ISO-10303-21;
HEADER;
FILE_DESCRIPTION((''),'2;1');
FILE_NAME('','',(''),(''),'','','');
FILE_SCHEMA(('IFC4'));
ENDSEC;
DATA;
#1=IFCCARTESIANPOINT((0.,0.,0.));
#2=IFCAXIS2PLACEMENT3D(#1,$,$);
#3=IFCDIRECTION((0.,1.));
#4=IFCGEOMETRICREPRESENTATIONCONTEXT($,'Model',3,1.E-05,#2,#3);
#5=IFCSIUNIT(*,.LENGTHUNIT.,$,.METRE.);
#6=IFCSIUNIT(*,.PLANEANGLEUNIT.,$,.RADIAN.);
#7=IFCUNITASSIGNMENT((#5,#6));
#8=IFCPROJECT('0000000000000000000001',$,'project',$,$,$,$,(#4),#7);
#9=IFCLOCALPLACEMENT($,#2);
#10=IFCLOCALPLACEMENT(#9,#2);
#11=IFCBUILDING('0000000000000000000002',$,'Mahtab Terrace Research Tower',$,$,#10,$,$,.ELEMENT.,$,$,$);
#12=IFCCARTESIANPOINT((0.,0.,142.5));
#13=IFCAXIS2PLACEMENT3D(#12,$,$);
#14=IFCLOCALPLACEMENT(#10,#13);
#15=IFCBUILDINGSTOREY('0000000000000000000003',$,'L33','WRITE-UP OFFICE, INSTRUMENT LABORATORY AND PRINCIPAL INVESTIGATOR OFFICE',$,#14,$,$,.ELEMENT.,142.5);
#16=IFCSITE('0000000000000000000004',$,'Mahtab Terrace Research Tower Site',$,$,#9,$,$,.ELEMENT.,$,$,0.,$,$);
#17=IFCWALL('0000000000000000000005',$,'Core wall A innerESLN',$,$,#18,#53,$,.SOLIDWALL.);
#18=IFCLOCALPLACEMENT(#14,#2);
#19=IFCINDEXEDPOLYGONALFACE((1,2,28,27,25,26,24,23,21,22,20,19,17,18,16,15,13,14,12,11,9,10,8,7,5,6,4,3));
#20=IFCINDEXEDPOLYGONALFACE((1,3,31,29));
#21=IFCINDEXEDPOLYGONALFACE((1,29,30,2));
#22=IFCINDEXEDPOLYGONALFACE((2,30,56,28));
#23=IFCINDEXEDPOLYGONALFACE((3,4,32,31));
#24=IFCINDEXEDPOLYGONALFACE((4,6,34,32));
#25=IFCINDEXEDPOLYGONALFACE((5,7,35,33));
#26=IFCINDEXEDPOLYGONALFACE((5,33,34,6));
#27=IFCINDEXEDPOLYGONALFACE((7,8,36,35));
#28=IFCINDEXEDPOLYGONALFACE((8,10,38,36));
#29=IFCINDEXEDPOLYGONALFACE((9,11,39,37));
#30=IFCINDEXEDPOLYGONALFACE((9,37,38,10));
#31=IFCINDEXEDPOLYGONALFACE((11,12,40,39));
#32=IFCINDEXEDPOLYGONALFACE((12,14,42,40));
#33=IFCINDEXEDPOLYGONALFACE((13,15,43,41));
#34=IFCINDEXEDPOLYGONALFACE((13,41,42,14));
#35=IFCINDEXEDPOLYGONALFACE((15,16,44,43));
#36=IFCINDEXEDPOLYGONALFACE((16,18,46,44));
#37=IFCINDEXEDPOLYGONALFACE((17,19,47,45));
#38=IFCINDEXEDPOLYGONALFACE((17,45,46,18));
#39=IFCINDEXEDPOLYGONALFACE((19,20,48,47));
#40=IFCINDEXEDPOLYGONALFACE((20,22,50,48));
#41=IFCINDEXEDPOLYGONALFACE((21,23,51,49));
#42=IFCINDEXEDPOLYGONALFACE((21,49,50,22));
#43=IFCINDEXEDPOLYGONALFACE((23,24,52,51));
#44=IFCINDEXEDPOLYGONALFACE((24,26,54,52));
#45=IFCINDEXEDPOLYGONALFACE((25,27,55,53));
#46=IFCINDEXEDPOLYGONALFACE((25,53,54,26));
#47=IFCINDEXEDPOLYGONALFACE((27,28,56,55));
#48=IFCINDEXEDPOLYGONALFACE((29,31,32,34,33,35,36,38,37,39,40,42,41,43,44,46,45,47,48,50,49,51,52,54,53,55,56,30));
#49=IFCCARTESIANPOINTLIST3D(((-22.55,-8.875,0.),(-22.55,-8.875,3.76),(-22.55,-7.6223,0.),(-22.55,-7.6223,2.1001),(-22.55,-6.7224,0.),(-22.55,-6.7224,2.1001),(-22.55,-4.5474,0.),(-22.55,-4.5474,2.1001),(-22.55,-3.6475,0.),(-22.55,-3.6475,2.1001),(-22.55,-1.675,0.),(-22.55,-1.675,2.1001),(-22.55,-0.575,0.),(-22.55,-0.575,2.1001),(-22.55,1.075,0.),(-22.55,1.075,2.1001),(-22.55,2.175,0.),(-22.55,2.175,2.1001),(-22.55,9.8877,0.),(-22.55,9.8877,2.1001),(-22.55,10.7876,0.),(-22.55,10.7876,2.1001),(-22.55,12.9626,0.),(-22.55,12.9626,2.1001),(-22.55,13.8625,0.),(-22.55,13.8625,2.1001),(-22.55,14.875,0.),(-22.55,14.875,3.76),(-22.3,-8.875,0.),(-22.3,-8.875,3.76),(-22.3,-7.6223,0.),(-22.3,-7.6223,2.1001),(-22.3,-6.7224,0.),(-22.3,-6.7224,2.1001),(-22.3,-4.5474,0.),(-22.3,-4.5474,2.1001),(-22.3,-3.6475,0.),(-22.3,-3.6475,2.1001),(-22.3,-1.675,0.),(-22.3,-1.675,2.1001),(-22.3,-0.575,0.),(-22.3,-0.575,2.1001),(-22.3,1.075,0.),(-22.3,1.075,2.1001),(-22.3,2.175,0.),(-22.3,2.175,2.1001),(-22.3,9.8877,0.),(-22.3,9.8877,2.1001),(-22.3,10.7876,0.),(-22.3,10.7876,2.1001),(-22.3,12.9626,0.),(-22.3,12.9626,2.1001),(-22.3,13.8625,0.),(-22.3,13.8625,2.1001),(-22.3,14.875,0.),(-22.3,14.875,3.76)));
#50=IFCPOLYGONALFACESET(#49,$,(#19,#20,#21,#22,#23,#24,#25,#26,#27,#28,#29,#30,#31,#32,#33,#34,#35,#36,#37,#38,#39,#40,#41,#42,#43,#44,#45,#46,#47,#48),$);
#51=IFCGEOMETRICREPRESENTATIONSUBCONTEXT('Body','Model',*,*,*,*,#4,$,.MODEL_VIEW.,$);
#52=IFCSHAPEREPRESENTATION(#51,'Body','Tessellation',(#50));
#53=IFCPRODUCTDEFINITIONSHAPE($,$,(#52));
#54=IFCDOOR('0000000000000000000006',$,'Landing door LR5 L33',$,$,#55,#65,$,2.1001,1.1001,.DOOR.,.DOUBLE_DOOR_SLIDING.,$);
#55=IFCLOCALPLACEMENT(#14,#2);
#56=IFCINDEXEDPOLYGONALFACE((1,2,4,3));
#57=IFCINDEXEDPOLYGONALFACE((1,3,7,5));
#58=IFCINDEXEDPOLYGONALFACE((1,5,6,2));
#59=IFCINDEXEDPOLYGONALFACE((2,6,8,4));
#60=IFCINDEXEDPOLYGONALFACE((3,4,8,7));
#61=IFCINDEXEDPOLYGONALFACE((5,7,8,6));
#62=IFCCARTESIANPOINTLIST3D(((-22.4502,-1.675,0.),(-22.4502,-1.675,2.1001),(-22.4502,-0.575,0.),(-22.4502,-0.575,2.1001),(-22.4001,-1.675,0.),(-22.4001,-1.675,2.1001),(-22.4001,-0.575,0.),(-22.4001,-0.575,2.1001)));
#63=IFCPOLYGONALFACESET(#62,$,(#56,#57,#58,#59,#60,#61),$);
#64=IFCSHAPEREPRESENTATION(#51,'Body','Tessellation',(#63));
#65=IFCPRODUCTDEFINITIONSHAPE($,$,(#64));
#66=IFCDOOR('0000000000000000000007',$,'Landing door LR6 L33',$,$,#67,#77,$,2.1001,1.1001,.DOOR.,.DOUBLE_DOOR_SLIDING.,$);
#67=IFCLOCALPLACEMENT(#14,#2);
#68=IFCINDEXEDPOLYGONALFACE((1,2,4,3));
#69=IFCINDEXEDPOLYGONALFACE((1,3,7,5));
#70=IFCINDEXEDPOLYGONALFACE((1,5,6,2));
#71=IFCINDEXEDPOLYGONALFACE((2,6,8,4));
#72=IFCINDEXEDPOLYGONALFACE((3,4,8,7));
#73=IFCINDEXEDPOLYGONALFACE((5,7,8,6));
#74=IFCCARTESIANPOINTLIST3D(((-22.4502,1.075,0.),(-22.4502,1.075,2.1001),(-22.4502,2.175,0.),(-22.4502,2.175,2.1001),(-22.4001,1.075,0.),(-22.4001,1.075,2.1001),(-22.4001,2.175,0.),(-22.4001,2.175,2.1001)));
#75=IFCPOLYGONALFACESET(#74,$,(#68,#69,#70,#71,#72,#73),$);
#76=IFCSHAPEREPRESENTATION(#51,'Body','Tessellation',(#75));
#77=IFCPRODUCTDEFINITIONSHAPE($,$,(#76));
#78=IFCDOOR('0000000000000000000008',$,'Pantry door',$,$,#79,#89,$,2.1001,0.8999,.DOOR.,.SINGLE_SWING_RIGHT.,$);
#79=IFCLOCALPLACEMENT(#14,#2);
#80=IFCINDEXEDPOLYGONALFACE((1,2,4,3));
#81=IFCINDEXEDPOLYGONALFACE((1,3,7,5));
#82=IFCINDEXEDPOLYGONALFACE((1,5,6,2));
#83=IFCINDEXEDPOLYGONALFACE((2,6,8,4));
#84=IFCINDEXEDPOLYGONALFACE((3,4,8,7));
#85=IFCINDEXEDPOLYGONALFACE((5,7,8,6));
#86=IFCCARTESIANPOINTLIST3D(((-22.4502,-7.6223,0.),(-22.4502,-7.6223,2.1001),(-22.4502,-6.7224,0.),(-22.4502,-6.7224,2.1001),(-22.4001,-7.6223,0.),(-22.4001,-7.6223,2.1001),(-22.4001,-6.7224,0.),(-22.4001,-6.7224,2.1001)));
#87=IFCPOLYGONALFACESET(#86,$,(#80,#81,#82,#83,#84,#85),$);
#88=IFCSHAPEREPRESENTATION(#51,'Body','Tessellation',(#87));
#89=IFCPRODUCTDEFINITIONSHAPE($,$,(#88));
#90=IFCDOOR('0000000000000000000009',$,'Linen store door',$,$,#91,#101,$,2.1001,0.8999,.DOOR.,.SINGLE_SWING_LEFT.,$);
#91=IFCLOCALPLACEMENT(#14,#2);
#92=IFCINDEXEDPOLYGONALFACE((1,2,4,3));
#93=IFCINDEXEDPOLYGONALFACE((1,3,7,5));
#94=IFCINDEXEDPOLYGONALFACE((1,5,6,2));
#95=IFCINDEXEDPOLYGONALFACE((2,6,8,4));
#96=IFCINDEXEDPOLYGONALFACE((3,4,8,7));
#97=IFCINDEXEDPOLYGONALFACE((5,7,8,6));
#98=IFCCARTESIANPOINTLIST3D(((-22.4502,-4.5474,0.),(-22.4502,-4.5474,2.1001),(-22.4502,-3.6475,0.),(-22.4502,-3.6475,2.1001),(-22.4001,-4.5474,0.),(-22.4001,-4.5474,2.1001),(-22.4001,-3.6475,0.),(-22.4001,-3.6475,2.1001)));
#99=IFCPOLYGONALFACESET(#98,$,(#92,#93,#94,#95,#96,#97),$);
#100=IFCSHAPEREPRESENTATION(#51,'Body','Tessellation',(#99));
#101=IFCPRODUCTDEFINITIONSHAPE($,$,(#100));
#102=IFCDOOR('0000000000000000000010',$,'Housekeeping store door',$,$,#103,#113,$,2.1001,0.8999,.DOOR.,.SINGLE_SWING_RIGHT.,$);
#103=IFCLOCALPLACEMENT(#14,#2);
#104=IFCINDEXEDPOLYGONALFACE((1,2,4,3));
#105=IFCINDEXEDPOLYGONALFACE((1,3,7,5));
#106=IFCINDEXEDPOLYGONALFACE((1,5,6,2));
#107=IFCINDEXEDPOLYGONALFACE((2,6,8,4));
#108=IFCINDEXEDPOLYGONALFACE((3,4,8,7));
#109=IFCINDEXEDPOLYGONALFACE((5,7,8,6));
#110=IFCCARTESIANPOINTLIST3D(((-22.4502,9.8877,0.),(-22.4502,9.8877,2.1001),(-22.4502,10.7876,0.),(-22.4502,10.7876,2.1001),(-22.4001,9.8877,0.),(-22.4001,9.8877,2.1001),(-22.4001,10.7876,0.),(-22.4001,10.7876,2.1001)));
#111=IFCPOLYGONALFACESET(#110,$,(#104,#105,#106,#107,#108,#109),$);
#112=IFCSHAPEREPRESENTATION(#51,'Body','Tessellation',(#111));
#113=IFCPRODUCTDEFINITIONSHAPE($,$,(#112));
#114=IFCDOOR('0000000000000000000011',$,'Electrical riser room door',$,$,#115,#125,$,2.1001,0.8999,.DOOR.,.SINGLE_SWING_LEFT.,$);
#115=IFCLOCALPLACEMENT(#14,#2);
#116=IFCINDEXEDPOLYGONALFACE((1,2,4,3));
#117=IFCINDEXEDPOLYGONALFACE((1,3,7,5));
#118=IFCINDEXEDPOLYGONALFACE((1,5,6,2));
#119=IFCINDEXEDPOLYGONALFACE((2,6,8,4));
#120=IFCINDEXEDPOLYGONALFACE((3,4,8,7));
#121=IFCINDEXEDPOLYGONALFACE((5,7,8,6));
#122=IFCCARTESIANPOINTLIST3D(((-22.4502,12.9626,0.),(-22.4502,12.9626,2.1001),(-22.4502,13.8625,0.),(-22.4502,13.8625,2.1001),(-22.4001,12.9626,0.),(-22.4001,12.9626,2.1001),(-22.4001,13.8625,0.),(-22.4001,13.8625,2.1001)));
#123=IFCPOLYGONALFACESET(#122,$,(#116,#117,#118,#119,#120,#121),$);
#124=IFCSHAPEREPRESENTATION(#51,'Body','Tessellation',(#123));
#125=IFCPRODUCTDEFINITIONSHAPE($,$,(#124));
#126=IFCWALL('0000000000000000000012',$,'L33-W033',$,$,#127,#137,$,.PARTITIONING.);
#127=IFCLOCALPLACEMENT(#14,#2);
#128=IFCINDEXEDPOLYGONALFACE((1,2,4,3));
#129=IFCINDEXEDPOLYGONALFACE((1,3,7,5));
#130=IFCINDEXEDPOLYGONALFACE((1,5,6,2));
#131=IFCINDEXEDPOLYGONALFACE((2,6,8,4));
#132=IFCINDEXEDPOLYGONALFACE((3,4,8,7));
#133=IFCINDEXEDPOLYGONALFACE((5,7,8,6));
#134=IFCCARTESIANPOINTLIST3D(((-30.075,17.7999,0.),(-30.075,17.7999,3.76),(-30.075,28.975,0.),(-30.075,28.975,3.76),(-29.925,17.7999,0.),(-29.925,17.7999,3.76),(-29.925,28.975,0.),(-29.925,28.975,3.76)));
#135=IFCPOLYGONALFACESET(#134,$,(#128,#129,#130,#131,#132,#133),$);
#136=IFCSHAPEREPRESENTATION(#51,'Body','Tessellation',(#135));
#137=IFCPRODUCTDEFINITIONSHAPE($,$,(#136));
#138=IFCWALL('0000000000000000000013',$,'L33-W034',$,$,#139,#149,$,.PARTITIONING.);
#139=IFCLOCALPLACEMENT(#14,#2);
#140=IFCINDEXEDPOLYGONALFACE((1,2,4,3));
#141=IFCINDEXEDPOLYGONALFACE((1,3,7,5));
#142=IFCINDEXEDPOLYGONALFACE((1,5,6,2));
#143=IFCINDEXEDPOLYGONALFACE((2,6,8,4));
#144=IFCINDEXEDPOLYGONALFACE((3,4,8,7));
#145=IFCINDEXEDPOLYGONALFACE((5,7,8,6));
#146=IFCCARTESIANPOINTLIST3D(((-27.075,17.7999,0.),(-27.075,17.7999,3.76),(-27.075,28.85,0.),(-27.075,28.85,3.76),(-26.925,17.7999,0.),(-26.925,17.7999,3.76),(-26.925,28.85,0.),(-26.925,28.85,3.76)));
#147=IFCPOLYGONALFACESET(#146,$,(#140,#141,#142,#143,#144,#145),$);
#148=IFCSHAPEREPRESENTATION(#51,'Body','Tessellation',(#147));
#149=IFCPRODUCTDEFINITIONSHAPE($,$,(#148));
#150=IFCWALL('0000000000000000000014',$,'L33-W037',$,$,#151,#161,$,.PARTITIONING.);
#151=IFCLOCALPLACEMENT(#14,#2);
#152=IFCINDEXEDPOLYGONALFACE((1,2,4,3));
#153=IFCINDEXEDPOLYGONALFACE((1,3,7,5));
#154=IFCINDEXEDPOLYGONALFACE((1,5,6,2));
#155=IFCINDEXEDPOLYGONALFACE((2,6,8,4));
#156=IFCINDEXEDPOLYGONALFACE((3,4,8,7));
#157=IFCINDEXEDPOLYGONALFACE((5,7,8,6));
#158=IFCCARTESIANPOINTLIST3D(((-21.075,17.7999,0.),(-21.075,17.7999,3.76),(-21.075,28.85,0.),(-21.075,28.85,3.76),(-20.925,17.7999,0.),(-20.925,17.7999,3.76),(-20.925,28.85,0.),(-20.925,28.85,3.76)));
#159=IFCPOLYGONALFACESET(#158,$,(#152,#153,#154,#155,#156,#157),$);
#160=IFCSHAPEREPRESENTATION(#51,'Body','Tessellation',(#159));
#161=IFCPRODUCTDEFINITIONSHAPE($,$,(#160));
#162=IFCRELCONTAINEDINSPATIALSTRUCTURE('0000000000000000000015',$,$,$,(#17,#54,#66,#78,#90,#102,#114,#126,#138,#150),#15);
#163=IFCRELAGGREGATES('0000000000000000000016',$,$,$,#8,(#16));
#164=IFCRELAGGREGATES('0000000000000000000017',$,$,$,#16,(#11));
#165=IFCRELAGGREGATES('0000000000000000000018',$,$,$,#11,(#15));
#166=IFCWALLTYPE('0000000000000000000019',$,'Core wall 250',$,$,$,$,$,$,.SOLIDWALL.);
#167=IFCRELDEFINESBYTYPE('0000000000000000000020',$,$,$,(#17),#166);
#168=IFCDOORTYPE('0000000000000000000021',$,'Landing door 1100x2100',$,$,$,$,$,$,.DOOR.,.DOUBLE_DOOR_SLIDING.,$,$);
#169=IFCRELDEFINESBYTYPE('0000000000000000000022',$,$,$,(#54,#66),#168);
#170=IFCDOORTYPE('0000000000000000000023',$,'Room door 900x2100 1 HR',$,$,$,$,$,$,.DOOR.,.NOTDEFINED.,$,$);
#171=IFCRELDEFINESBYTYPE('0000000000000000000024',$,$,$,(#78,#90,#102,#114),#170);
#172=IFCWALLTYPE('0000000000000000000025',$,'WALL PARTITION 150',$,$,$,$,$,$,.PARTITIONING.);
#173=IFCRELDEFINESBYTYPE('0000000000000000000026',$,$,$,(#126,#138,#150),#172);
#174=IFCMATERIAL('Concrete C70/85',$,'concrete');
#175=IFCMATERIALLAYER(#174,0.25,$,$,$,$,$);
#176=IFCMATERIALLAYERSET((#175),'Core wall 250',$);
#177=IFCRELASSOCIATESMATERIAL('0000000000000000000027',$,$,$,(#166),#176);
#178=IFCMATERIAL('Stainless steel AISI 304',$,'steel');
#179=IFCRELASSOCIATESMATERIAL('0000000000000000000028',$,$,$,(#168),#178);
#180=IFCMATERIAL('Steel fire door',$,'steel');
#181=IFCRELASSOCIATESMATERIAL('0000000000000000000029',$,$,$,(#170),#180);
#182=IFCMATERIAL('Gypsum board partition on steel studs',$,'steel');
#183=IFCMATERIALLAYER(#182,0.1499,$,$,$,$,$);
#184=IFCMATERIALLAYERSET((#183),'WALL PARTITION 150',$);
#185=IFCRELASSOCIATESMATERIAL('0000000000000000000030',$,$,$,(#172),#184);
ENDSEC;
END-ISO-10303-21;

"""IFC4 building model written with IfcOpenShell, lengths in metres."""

from ifc_helpers import new_model, si_unit, direction, frame, frame_2d, origin, place, context, subcontext, project, spatial, rectangle, extrude, material, layer, layer_set, type_object, element, fill, save


model = new_model("IFC4")

# Units and contexts
model_context = context("Model", 3, precision=1e-05, world=origin(), true_north=direction((0.0, 1.0)))
body_context = subcontext(model_context, "Body", "Model", "MODEL_VIEW")
ifc_project = project(units=[si_unit("LENGTHUNIT", "METRE"), si_unit("PLANEANGLEUNIT", "RADIAN")], contexts=[model_context])

# Site, building, storey
site_placement = place(None, origin())
site = spatial("IfcSite", under=ifc_project, at=site_placement, Name="Mahtab Terrace Research Tower Site", CompositionType="ELEMENT", RefElevation=0.0)
building_placement = place(site_placement, origin())
building = spatial("IfcBuilding", under=site, at=building_placement, Name="Mahtab Terrace Research Tower", CompositionType="ELEMENT")
storey_placement = place(building_placement, frame((0.0, 0.0, 142.5)))
storey = spatial("IfcBuildingStorey", under=building, at=storey_placement, Name="L33", Description="WRITE-UP OFFICE, INSTRUMENT LABORATORY AND PRINCIPAL INVESTIGATOR OFFICE", CompositionType="ELEMENT", Elevation=142.5)

# Shared definitions
ifc_material_1 = material(Name="Concrete C70/85", Category="concrete")
ifc_layer_1 = layer(ifc_material_1, 0.25)
ifc_layer_set_1 = layer_set([ifc_layer_1], Name="Core wall 250")
wall_type_1 = type_object("IfcWallType", Name="Core wall 250", PredefinedType="SOLIDWALL", material=ifc_layer_set_1)

# Shared definitions
ifc_material_2 = material(Name="Steel fire door", Category="steel")

# Wall, openings, doors
wall_1_placement = place(storey_placement, frame((-22.425, 14.875, 0.0), z_axis=(0.0, 0.0, 1.0), x_axis=(0.0, -1.0, 0.0)))
wall_1 = element("IfcWall", 1, at=wall_1_placement, inside=storey, type_object=wall_type_1, Name="Core wall A innerESLN", PredefinedType="SOLIDWALL", context=body_context, shape_type="SweptSolid", body=[
    extrude(rectangle(XDim=23.75, YDim=0.25, at=frame_2d((11.875, 0.0))), origin(), (0.0, 0.0, 1.0), 3.76),
])
opening_1_placement = place(wall_1_placement, frame((15.45, 0.0, 0.0)))
opening_1 = element("IfcOpeningElement", 2, at=opening_1_placement, cuts=wall_1, PredefinedType="OPENING", context=body_context, shape_type="SweptSolid", body=[
    extrude(rectangle(XDim=1.1001, YDim=2.1001, at=frame_2d((0.55, 1.05))), frame((0.0, 0.135, 0.0), z_axis=(0.0, -1.0, 0.0), x_axis=(1.0, 0.0, 0.0)), (0.0, 0.0, 1.0), 0.27),
])
opening_2_placement = place(wall_1_placement, frame((12.7, 0.0, 0.0)))
opening_2 = element("IfcOpeningElement", 3, at=opening_2_placement, cuts=wall_1, PredefinedType="OPENING", context=body_context, shape_type="SweptSolid", body=[
    extrude(rectangle(XDim=1.1001, YDim=2.1001, at=frame_2d((0.55, 1.05))), frame((0.0, 0.135, 0.0), z_axis=(0.0, -1.0, 0.0), x_axis=(1.0, 0.0, 0.0)), (0.0, 0.0, 1.0), 0.27),
])
opening_3_placement = place(wall_1_placement, frame((21.5974, 0.0, 0.0)))
opening_3 = element("IfcOpeningElement", 4, at=opening_3_placement, cuts=wall_1, PredefinedType="OPENING", context=body_context, shape_type="SweptSolid", body=[
    extrude(rectangle(XDim=0.8999, YDim=2.1001, at=frame_2d((0.45, 1.05))), frame((0.0, 0.135, 0.0), z_axis=(0.0, -1.0, 0.0), x_axis=(1.0, 0.0, 0.0)), (0.0, 0.0, 1.0), 0.27),
])
opening_4_placement = place(wall_1_placement, frame((18.5225, 0.0, 0.0)))
opening_4 = element("IfcOpeningElement", 5, at=opening_4_placement, cuts=wall_1, PredefinedType="OPENING", context=body_context, shape_type="SweptSolid", body=[
    extrude(rectangle(XDim=0.8999, YDim=2.1001, at=frame_2d((0.45, 1.05))), frame((0.0, 0.135, 0.0), z_axis=(0.0, -1.0, 0.0), x_axis=(1.0, 0.0, 0.0)), (0.0, 0.0, 1.0), 0.27),
])
opening_5_placement = place(wall_1_placement, frame((4.0874, 0.0, 0.0)))
opening_5 = element("IfcOpeningElement", 6, at=opening_5_placement, cuts=wall_1, PredefinedType="OPENING", context=body_context, shape_type="SweptSolid", body=[
    extrude(rectangle(XDim=0.8999, YDim=2.1001, at=frame_2d((0.45, 1.05))), frame((0.0, 0.135, 0.0), z_axis=(0.0, -1.0, 0.0), x_axis=(1.0, 0.0, 0.0)), (0.0, 0.0, 1.0), 0.27),
])
opening_6_placement = place(wall_1_placement, frame((1.0125, 0.0, 0.0)))
opening_6 = element("IfcOpeningElement", 7, at=opening_6_placement, cuts=wall_1, PredefinedType="OPENING", context=body_context, shape_type="SweptSolid", body=[
    extrude(rectangle(XDim=0.8999, YDim=2.1001, at=frame_2d((0.45, 1.05))), frame((0.0, 0.135, 0.0), z_axis=(0.0, -1.0, 0.0), x_axis=(1.0, 0.0, 0.0)), (0.0, 0.0, 1.0), 0.27),
])
ifc_material_3 = material(Name="Stainless steel AISI 304", Category="steel")
door_type_1 = type_object("IfcDoorType", Name="Landing door 1100x2100", OperationType="DOUBLE_DOOR_SLIDING", PredefinedType="DOOR", material=ifc_material_3)
door_1_placement = place(opening_1_placement, origin())
door_1 = element("IfcDoor", 8, at=door_1_placement, inside=storey, type_object=door_type_1, Name="Landing door LR5 L33", OperationType="DOUBLE_DOOR_SLIDING", OverallHeight=2.1001, OverallWidth=1.1001, PredefinedType="DOOR", context=body_context, shape_type="SweptSolid", body=[
    extrude(rectangle(XDim=1.1001, YDim=2.1001, at=frame_2d((0.55, 1.05))), frame((0.0, 0.0249, 0.0), z_axis=(0.0, -1.0, 0.0), x_axis=(1.0, 0.0, 0.0)), (0.0, 0.0, 1.0), 0.05),
])
fill(opening_1, door_1)
door_2_placement = place(opening_2_placement, origin())
door_2 = element("IfcDoor", 9, at=door_2_placement, inside=storey, type_object=door_type_1, Name="Landing door LR6 L33", OperationType="DOUBLE_DOOR_SLIDING", OverallHeight=2.1001, OverallWidth=1.1001, PredefinedType="DOOR", context=body_context, shape_type="SweptSolid", body=[
    extrude(rectangle(XDim=1.1001, YDim=2.1001, at=frame_2d((0.55, 1.05))), frame((0.0, 0.0249, 0.0), z_axis=(0.0, -1.0, 0.0), x_axis=(1.0, 0.0, 0.0)), (0.0, 0.0, 1.0), 0.05),
])
fill(opening_2, door_2)
door_type_2 = type_object("IfcDoorType", Name="Room door 900x2100 1 HR", OperationType="NOTDEFINED", PredefinedType="DOOR", material=ifc_material_2)
door_3_placement = place(opening_3_placement, origin())
door_3 = element("IfcDoor", 10, at=door_3_placement, inside=storey, type_object=door_type_2, Name="Pantry door", OperationType="SINGLE_SWING_RIGHT", OverallHeight=2.1001, OverallWidth=0.8999, PredefinedType="DOOR", context=body_context, shape_type="SweptSolid", body=[
    extrude(rectangle(XDim=0.8999, YDim=2.1001, at=frame_2d((0.45, 1.05))), frame((0.0, 0.0249, 0.0), z_axis=(0.0, -1.0, 0.0), x_axis=(1.0, 0.0, 0.0)), (0.0, 0.0, 1.0), 0.05),
])
fill(opening_3, door_3)
door_4_placement = place(opening_4_placement, origin())
door_4 = element("IfcDoor", 11, at=door_4_placement, inside=storey, type_object=door_type_2, Name="Linen store door", OperationType="SINGLE_SWING_LEFT", OverallHeight=2.1001, OverallWidth=0.8999, PredefinedType="DOOR", context=body_context, shape_type="SweptSolid", body=[
    extrude(rectangle(XDim=0.8999, YDim=2.1001, at=frame_2d((0.45, 1.05))), frame((0.0, 0.0249, 0.0), z_axis=(0.0, -1.0, 0.0), x_axis=(1.0, 0.0, 0.0)), (0.0, 0.0, 1.0), 0.05),
])
fill(opening_4, door_4)
door_5_placement = place(opening_5_placement, origin())
door_5 = element("IfcDoor", 12, at=door_5_placement, inside=storey, type_object=door_type_2, Name="Housekeeping store door", OperationType="SINGLE_SWING_RIGHT", OverallHeight=2.1001, OverallWidth=0.8999, PredefinedType="DOOR", context=body_context, shape_type="SweptSolid", body=[
    extrude(rectangle(XDim=0.8999, YDim=2.1001, at=frame_2d((0.45, 1.05))), frame((0.0, 0.0249, 0.0), z_axis=(0.0, -1.0, 0.0), x_axis=(1.0, 0.0, 0.0)), (0.0, 0.0, 1.0), 0.05),
])
fill(opening_5, door_5)
door_6_placement = place(opening_6_placement, origin())
door_6 = element("IfcDoor", 13, at=door_6_placement, inside=storey, type_object=door_type_2, Name="Electrical riser room door", OperationType="SINGLE_SWING_LEFT", OverallHeight=2.1001, OverallWidth=0.8999, PredefinedType="DOOR", context=body_context, shape_type="SweptSolid", body=[
    extrude(rectangle(XDim=0.8999, YDim=2.1001, at=frame_2d((0.45, 1.05))), frame((0.0, 0.0249, 0.0), z_axis=(0.0, -1.0, 0.0), x_axis=(1.0, 0.0, 0.0)), (0.0, 0.0, 1.0), 0.05),
])
fill(opening_6, door_6)

# Walls
ifc_material_4 = material(Name="Gypsum board partition on steel studs", Category="steel")
ifc_layer_2 = layer(ifc_material_4, 0.1499)
ifc_layer_set_2 = layer_set([ifc_layer_2], Name="WALL PARTITION 150")
wall_type_2 = type_object("IfcWallType", Name="WALL PARTITION 150", PredefinedType="PARTITIONING", material=ifc_layer_set_2)
wall_2_placement = place(storey_placement, frame((-30.0, 17.8, 0.0), z_axis=(0.0, 0.0, 1.0), x_axis=(0.0, 1.0, 0.0)))
element("IfcWall", 14, at=wall_2_placement, inside=storey, type_object=wall_type_2, Name="L33-W033", PredefinedType="PARTITIONING", context=body_context, shape_type="SweptSolid", body=[
    extrude(rectangle(XDim=11.175, YDim=0.1499, at=frame_2d((5.5874, 0.0))), origin(), (0.0, 0.0, 1.0), 3.76),
])
for number, where, z_axis, x_axis, name in (
    (15, (-27.0, 17.8, 0.0), (0.0, 0.0, 1.0), (0.0, 1.0, 0.0), "L33-W034"),
    (16, (-21.0, 17.8, 0.0), (0.0, 0.0, 1.0), (0.0, 1.0, 0.0), "L33-W037"),
):
    element("IfcWall", number, at=place(storey_placement, frame(where, z_axis=z_axis, x_axis=x_axis)), inside=storey, type_object=wall_type_2, Name=name, PredefinedType="PARTITIONING", context=body_context, shape_type="SweptSolid", body=[
        extrude(rectangle(XDim=11.05, YDim=0.1499, at=frame_2d((5.5249, 0.0))), origin(), (0.0, 0.0, 1.0), 3.76),
    ])

save(model, "model.ifc")
